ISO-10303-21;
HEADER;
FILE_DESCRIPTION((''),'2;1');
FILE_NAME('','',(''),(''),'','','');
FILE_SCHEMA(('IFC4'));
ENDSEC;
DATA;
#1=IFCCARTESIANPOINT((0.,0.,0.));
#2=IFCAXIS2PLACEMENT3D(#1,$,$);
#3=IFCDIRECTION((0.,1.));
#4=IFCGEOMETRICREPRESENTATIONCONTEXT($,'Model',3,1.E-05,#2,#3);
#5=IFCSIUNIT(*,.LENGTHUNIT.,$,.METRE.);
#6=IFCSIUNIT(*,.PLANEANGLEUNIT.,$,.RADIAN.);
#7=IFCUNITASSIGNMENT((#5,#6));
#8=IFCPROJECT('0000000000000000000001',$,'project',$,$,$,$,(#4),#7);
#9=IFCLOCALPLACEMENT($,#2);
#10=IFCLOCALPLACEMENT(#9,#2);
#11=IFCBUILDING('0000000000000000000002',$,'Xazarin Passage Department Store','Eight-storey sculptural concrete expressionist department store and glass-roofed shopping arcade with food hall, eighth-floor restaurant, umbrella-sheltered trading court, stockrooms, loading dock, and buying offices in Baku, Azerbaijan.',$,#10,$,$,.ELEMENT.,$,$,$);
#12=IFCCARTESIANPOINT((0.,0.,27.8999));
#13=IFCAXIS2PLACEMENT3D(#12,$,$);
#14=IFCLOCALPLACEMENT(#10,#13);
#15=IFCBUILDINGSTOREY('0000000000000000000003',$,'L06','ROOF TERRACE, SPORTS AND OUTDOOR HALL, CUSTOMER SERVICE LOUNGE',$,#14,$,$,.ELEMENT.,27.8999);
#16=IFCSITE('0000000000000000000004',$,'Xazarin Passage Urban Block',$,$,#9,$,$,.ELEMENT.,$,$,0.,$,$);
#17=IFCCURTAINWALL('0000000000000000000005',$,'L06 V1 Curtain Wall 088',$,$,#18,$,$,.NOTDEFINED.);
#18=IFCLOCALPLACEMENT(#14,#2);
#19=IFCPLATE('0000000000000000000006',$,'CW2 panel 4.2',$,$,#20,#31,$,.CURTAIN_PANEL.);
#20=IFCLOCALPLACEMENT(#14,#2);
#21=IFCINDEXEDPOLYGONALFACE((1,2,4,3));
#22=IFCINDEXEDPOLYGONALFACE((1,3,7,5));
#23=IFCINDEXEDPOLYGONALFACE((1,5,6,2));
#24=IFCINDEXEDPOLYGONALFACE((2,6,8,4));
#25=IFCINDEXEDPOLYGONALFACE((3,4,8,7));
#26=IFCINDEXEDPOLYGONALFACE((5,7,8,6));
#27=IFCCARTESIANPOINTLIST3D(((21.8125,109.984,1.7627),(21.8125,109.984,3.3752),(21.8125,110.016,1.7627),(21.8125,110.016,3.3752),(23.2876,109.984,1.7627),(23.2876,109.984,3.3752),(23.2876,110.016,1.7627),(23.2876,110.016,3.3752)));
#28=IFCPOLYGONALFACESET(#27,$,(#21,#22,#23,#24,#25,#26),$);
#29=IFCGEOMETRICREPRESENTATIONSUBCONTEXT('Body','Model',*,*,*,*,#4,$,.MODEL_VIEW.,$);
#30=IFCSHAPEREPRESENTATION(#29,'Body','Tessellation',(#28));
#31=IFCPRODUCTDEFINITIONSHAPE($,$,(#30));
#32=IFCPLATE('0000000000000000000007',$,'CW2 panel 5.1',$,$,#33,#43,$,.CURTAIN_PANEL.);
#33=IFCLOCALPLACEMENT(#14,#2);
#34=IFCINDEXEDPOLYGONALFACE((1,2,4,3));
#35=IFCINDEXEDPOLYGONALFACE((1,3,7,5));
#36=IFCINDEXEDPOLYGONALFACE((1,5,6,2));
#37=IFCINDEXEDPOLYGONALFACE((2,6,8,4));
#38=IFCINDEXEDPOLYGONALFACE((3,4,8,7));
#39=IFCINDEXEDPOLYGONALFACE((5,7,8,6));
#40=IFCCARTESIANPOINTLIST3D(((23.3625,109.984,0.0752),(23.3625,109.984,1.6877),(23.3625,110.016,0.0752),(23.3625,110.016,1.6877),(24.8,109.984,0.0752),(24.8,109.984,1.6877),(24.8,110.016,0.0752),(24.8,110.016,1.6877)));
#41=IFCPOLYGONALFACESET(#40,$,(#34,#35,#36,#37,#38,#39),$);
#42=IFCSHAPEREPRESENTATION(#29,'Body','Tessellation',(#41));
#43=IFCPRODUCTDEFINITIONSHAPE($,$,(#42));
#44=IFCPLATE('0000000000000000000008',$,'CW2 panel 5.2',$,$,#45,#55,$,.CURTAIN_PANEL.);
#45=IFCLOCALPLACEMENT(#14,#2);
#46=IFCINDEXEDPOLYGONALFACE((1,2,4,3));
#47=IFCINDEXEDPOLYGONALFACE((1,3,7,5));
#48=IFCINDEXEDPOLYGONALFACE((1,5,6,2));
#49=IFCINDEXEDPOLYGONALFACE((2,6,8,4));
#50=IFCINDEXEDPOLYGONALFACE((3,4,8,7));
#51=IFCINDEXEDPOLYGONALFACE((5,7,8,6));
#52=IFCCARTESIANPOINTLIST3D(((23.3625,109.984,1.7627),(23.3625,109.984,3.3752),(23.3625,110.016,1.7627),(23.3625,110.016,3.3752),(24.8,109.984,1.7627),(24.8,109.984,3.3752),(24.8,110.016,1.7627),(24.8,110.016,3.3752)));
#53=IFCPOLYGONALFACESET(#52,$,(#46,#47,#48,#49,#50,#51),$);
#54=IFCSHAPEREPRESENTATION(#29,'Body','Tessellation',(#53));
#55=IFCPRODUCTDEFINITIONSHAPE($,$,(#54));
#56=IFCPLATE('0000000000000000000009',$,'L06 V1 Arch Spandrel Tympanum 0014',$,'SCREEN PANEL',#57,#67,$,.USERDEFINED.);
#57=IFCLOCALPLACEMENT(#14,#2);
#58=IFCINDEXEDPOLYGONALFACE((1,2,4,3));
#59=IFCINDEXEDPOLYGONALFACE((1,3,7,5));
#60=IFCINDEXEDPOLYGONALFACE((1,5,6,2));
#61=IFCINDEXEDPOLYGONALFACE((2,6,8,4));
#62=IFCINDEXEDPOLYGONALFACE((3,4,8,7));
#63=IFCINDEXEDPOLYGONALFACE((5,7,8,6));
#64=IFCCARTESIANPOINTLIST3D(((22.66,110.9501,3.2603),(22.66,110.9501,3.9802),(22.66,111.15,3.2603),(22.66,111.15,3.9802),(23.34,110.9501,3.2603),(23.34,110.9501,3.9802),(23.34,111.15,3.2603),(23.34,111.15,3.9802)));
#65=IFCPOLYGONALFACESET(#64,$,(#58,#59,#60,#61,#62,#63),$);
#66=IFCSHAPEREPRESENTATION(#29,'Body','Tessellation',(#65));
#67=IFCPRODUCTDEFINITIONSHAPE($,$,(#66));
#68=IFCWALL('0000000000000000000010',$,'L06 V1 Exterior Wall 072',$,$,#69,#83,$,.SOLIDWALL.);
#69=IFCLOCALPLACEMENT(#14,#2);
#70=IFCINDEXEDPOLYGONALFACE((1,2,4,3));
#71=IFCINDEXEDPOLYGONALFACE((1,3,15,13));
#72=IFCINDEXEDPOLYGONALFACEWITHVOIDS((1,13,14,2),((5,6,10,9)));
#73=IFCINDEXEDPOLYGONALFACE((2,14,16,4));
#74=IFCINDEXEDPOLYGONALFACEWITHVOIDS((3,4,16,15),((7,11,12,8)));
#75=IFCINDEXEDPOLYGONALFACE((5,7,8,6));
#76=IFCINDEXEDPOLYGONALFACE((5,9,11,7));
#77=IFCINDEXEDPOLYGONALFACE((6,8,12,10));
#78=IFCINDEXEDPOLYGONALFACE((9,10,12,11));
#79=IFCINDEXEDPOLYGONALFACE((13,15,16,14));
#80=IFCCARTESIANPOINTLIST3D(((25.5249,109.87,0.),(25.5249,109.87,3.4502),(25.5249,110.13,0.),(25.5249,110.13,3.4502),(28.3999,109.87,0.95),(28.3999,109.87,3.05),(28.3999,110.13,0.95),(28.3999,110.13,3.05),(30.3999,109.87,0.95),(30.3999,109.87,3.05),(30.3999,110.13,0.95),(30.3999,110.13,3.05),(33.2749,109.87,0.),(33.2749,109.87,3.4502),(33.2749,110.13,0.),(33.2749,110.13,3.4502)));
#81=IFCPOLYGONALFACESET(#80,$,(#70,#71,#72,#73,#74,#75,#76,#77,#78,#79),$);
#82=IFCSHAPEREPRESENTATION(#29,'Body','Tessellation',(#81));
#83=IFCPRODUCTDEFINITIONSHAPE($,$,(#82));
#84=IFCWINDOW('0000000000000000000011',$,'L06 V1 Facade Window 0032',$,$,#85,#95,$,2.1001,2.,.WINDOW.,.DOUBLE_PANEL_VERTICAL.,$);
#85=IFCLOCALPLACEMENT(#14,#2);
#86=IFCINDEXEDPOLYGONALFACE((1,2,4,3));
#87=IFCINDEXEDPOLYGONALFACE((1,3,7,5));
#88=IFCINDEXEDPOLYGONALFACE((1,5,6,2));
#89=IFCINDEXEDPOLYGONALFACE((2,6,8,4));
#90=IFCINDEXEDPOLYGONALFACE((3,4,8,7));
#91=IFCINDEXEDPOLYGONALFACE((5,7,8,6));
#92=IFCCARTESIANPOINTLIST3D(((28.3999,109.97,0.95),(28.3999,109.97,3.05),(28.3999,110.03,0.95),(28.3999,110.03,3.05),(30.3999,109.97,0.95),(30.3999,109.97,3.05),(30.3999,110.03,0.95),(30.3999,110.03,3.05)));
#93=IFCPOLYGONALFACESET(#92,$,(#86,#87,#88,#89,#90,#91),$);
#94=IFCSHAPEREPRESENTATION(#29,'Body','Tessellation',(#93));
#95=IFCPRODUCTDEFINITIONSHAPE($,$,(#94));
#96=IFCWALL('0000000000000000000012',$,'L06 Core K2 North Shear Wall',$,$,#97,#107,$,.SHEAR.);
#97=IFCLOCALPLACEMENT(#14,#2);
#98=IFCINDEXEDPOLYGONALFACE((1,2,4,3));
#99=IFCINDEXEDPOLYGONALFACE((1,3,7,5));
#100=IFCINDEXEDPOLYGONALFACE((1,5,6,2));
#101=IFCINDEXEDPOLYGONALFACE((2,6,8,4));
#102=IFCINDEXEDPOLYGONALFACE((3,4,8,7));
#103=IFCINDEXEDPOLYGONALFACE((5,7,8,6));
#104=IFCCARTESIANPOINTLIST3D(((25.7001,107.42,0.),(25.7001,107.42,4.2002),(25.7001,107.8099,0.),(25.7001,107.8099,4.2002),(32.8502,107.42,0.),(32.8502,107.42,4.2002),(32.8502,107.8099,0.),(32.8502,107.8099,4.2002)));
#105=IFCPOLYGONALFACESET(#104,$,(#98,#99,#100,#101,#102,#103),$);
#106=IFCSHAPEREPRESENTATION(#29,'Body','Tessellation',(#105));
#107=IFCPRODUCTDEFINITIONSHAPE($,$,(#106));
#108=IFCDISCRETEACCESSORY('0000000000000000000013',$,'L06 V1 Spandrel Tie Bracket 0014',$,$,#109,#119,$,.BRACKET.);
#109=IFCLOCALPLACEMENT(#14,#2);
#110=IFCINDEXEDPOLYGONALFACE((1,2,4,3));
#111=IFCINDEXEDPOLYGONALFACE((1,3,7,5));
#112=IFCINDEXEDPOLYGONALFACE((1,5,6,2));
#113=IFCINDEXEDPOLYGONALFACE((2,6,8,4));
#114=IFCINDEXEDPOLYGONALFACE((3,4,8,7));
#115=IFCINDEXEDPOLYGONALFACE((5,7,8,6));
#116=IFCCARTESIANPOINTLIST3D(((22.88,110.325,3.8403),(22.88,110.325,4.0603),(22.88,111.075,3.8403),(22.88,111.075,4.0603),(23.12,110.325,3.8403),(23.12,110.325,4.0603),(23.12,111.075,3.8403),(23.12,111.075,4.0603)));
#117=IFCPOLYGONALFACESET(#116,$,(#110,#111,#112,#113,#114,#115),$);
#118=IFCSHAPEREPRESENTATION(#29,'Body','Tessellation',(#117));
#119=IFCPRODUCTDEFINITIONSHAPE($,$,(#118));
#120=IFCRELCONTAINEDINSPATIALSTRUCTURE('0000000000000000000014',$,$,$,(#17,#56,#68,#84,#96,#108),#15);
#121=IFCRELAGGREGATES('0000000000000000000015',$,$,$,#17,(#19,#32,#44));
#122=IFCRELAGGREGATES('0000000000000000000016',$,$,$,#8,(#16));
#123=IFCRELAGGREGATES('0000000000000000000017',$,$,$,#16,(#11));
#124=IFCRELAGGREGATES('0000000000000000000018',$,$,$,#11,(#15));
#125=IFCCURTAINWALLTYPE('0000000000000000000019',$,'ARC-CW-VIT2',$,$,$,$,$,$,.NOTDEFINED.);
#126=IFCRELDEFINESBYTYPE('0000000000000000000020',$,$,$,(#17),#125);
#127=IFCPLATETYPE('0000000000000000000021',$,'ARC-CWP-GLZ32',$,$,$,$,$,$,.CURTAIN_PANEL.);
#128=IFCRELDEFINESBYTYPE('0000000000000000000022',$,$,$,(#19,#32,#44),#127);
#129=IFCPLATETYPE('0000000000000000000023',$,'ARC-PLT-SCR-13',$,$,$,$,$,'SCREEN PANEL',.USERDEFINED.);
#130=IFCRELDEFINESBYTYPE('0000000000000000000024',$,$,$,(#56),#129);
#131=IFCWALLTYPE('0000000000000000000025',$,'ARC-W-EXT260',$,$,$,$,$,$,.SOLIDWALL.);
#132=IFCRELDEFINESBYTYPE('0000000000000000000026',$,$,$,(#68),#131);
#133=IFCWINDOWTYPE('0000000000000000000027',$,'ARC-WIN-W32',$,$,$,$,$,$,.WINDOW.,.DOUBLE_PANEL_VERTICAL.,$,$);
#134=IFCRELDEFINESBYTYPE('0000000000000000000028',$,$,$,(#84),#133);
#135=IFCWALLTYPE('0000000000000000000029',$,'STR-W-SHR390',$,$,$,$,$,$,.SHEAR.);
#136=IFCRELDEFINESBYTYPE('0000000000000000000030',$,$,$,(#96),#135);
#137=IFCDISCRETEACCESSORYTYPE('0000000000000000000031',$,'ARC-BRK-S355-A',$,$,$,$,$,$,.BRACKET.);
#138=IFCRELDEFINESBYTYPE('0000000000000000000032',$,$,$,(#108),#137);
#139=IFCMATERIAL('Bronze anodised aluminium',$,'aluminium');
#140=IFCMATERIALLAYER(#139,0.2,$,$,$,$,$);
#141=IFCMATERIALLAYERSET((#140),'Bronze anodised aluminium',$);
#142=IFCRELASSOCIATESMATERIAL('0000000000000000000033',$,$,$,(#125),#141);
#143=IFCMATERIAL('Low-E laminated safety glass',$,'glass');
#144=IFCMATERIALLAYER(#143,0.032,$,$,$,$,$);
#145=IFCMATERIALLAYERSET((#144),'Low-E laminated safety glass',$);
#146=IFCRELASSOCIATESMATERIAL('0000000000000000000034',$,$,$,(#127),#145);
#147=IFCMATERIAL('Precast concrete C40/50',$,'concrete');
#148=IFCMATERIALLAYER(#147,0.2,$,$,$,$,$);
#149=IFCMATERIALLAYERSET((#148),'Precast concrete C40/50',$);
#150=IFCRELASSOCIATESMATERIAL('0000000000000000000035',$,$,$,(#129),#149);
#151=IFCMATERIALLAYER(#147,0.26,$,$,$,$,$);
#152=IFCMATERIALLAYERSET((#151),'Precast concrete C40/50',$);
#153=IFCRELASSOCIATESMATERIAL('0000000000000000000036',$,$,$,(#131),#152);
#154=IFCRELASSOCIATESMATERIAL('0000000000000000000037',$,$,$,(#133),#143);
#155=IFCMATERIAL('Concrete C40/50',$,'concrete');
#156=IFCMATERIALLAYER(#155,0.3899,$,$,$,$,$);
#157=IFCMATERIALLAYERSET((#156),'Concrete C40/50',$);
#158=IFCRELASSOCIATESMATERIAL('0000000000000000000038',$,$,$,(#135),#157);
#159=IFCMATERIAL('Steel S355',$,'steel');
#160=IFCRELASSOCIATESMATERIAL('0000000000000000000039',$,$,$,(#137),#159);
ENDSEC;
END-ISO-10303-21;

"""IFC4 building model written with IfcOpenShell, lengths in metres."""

from ifc_helpers import new_model, si_unit, direction, frame, frame_2d, origin, origin_2d, place, context, subcontext, project, spatial, rectangle, extrude, material, layer, layer_set, type_object, element, fill, aggregate, save


model = new_model("IFC4")

# Units and contexts
model_context = context("Model", 3, precision=1e-05, world=origin(), true_north=direction((0.0, 1.0)))
body_context = subcontext(model_context, "Body", "Model", "MODEL_VIEW")
ifc_project = project(units=[si_unit("LENGTHUNIT", "METRE"), si_unit("PLANEANGLEUNIT", "RADIAN")], contexts=[model_context])

# Site, building, storey
site_placement = place(None, origin())
site = spatial("IfcSite", under=ifc_project, at=site_placement, Name="Xazarin Passage Urban Block", CompositionType="ELEMENT", RefElevation=0.0)
building_placement = place(site_placement, origin())
building = spatial("IfcBuilding", under=site, at=building_placement, Name="Xazarin Passage Department Store", Description="Eight-storey sculptural concrete expressionist department store and glass-roofed shopping arcade with food hall, eighth-floor restaurant, umbrella-sheltered trading court, stockrooms, loading dock, and buying offices in Baku, Azerbaijan.", CompositionType="ELEMENT")
storey_placement = place(building_placement, frame((0.0, 0.0, 27.8999)))
storey = spatial("IfcBuildingStorey", under=building, at=storey_placement, Name="L06", Description="ROOF TERRACE, SPORTS AND OUTDOOR HALL, CUSTOMER SERVICE LOUNGE", CompositionType="ELEMENT", Elevation=27.8999)

# Shared definitions
ifc_material_1 = material(Name="Concrete C40/50", Category="concrete")

# Curtain wall
ifc_material_2 = material(Name="Bronze anodised aluminium", Category="aluminium")
ifc_layer_1 = layer(ifc_material_2, 0.2)
ifc_layer_set_1 = layer_set([ifc_layer_1], Name="Bronze anodised aluminium")
curtain_wall_type = type_object("IfcCurtainWallType", Name="ARC-CW-VIT2", PredefinedType="NOTDEFINED", material=ifc_layer_set_1)
curtain_wall_placement = place(storey_placement, origin())
curtain_wall = element("IfcCurtainWall", 1, at=curtain_wall_placement, inside=storey, type_object=curtain_wall_type, Name="L06 V1 Curtain Wall 088", PredefinedType="NOTDEFINED")

# Plates
ifc_material_3 = material(Name="Low-E laminated safety glass", Category="glass")
ifc_layer_2 = layer(ifc_material_3, 0.032)
ifc_layer_set_2 = layer_set([ifc_layer_2], Name="Low-E laminated safety glass")
plate_type_1 = type_object("IfcPlateType", Name="ARC-CWP-GLZ32", PredefinedType="CURTAIN_PANEL", material=ifc_layer_set_2)
plate_1_placement = place(storey_placement, frame((22.55, 110.0, 1.7627), z_axis=(0.0, 0.0, 1.0), x_axis=(1.0, 0.0, 0.0)))
plate_1 = element("IfcPlate", 2, at=plate_1_placement, type_object=plate_type_1, Name="CW2 panel 4.2", PredefinedType="CURTAIN_PANEL", context=body_context, shape_type="SweptSolid", body=[
    extrude(rectangle(XDim=1.4751, YDim=0.032, at=origin_2d()), origin(), (0.0, 0.0, 1.0), 1.6125),
])
plate_2_placement = place(storey_placement, frame((24.0813, 110.0, 0.0752), z_axis=(0.0, 0.0, 1.0), x_axis=(1.0, 0.0, 0.0)))
plate_2 = element("IfcPlate", 3, at=plate_2_placement, type_object=plate_type_1, Name="CW2 panel 5.1", PredefinedType="CURTAIN_PANEL", context=body_context, shape_type="SweptSolid", body=[
    extrude(rectangle(XDim=1.4375, YDim=0.032, at=origin_2d()), origin(), (0.0, 0.0, 1.0), 1.6125),
])
plate_3_placement = place(storey_placement, frame((24.0813, 110.0, 1.7627), z_axis=(0.0, 0.0, 1.0), x_axis=(1.0, 0.0, 0.0)))
plate_3 = element("IfcPlate", 4, at=plate_3_placement, type_object=plate_type_1, Name="CW2 panel 5.2", PredefinedType="CURTAIN_PANEL", context=body_context, shape_type="SweptSolid", body=[
    extrude(rectangle(XDim=1.4375, YDim=0.032, at=origin_2d()), origin(), (0.0, 0.0, 1.0), 1.6125),
])
aggregate(curtain_wall, [plate_1, plate_2, plate_3])
ifc_material_4 = material(Name="Precast concrete C40/50", Category="concrete")
ifc_layer_3 = layer(ifc_material_4, 0.2)
ifc_layer_set_3 = layer_set([ifc_layer_3], Name="Precast concrete C40/50")
plate_type_2 = type_object("IfcPlateType", Name="ARC-PLT-SCR-13", ElementType="SCREEN PANEL", PredefinedType="USERDEFINED", material=ifc_layer_set_3)
plate_4_placement = place(storey_placement, frame((23.0, 111.05, 3.2603), z_axis=(0.0, 0.0, 1.0), x_axis=(1.0, 0.0, 0.0)))
element("IfcPlate", 5, at=plate_4_placement, inside=storey, type_object=plate_type_2, Name="L06 V1 Arch Spandrel Tympanum 0014", ObjectType="SCREEN PANEL", PredefinedType="USERDEFINED", context=body_context, shape_type="SweptSolid", body=[
    extrude(rectangle(XDim=0.6799, YDim=0.2, at=origin_2d()), origin(), (0.0, 0.0, 1.0), 0.72),
])

# Wall, opening, window
ifc_layer_4 = layer(ifc_material_4, 0.26)
ifc_layer_set_4 = layer_set([ifc_layer_4], Name="Precast concrete C40/50")
wall_type_1 = type_object("IfcWallType", Name="ARC-W-EXT260", PredefinedType="SOLIDWALL", material=ifc_layer_set_4)
wall_1_placement = place(storey_placement, frame((25.5249, 110.0, 0.0), z_axis=(0.0, 0.0, 1.0), x_axis=(1.0, 0.0, 0.0)))
wall_1 = element("IfcWall", 6, at=wall_1_placement, inside=storey, type_object=wall_type_1, Name="L06 V1 Exterior Wall 072", PredefinedType="SOLIDWALL", context=body_context, shape_type="SweptSolid", body=[
    extrude(rectangle(XDim=7.75, YDim=0.26, at=frame_2d((3.875, 0.0))), origin(), (0.0, 0.0, 1.0), 3.4502),
])
opening_1_placement = place(wall_1_placement, frame((2.875, 0.0, 0.95)))
opening_1 = element("IfcOpeningElement", 7, at=opening_1_placement, cuts=wall_1, PredefinedType="OPENING", context=body_context, shape_type="SweptSolid", body=[
    extrude(rectangle(XDim=2.0, YDim=2.1001, at=frame_2d((1.0, 1.05))), frame((0.0, 0.1399, 0.0), z_axis=(0.0, -1.0, 0.0), x_axis=(1.0, 0.0, 0.0)), (0.0, 0.0, 1.0), 0.28),
])
window_type = type_object("IfcWindowType", Name="ARC-WIN-W32", PartitioningType="DOUBLE_PANEL_VERTICAL", PredefinedType="WINDOW", material=ifc_material_3)
window_placement = place(opening_1_placement, origin())
window = element("IfcWindow", 8, at=window_placement, inside=storey, type_object=window_type, Name="L06 V1 Facade Window 0032", OverallHeight=2.1001, OverallWidth=2.0, PartitioningType="DOUBLE_PANEL_VERTICAL", PredefinedType="WINDOW", context=body_context, shape_type="SweptSolid", body=[
    extrude(rectangle(XDim=2.0, YDim=2.1001, at=frame_2d((1.0, 1.05))), frame((0.0, 0.03, 0.0), z_axis=(0.0, -1.0, 0.0), x_axis=(1.0, 0.0, 0.0)), (0.0, 0.0, 1.0), 0.0601),
])
fill(opening_1, window)

# Shared definitions
ifc_layer_5 = layer(ifc_material_1, 0.3899)
ifc_layer_set_5 = layer_set([ifc_layer_5], Name="Concrete C40/50")
wall_type_2 = type_object("IfcWallType", Name="STR-W-SHR390", PredefinedType="SHEAR", material=ifc_layer_set_5)
ifc_material_5 = material(Name="Steel S355", Category="steel")

# Wall
wall_2_placement = place(storey_placement, frame((25.7, 107.615, 0.0), z_axis=(0.0, 0.0, 1.0), x_axis=(1.0, 0.0, 0.0)))
element("IfcWall", 9, at=wall_2_placement, inside=storey, type_object=wall_type_2, Name="L06 Core K2 North Shear Wall", PredefinedType="SHEAR", context=body_context, shape_type="SweptSolid", body=[
    extrude(rectangle(XDim=7.1501, YDim=0.3899, at=frame_2d((3.5752, 0.0))), origin(), (0.0, 0.0, 1.0), 4.2002),
])

# Discrete accessory
discrete_accessory_type = type_object("IfcDiscreteAccessoryType", Name="ARC-BRK-S355-A", PredefinedType="BRACKET", material=ifc_material_5)
discrete_accessory_placement = place(storey_placement, frame((23.0, 110.7, 3.8403), z_axis=(0.0, 0.0, 1.0), x_axis=(1.0, 0.0, 0.0)))
element("IfcDiscreteAccessory", 10, at=discrete_accessory_placement, inside=storey, type_object=discrete_accessory_type, Name="L06 V1 Spandrel Tie Bracket 0014", PredefinedType="BRACKET", context=body_context, shape_type="SweptSolid", body=[
    extrude(rectangle(XDim=0.24, YDim=0.75, at=origin_2d()), origin(), (0.0, 0.0, 1.0), 0.22),
])

save(model, "model.ifc")
